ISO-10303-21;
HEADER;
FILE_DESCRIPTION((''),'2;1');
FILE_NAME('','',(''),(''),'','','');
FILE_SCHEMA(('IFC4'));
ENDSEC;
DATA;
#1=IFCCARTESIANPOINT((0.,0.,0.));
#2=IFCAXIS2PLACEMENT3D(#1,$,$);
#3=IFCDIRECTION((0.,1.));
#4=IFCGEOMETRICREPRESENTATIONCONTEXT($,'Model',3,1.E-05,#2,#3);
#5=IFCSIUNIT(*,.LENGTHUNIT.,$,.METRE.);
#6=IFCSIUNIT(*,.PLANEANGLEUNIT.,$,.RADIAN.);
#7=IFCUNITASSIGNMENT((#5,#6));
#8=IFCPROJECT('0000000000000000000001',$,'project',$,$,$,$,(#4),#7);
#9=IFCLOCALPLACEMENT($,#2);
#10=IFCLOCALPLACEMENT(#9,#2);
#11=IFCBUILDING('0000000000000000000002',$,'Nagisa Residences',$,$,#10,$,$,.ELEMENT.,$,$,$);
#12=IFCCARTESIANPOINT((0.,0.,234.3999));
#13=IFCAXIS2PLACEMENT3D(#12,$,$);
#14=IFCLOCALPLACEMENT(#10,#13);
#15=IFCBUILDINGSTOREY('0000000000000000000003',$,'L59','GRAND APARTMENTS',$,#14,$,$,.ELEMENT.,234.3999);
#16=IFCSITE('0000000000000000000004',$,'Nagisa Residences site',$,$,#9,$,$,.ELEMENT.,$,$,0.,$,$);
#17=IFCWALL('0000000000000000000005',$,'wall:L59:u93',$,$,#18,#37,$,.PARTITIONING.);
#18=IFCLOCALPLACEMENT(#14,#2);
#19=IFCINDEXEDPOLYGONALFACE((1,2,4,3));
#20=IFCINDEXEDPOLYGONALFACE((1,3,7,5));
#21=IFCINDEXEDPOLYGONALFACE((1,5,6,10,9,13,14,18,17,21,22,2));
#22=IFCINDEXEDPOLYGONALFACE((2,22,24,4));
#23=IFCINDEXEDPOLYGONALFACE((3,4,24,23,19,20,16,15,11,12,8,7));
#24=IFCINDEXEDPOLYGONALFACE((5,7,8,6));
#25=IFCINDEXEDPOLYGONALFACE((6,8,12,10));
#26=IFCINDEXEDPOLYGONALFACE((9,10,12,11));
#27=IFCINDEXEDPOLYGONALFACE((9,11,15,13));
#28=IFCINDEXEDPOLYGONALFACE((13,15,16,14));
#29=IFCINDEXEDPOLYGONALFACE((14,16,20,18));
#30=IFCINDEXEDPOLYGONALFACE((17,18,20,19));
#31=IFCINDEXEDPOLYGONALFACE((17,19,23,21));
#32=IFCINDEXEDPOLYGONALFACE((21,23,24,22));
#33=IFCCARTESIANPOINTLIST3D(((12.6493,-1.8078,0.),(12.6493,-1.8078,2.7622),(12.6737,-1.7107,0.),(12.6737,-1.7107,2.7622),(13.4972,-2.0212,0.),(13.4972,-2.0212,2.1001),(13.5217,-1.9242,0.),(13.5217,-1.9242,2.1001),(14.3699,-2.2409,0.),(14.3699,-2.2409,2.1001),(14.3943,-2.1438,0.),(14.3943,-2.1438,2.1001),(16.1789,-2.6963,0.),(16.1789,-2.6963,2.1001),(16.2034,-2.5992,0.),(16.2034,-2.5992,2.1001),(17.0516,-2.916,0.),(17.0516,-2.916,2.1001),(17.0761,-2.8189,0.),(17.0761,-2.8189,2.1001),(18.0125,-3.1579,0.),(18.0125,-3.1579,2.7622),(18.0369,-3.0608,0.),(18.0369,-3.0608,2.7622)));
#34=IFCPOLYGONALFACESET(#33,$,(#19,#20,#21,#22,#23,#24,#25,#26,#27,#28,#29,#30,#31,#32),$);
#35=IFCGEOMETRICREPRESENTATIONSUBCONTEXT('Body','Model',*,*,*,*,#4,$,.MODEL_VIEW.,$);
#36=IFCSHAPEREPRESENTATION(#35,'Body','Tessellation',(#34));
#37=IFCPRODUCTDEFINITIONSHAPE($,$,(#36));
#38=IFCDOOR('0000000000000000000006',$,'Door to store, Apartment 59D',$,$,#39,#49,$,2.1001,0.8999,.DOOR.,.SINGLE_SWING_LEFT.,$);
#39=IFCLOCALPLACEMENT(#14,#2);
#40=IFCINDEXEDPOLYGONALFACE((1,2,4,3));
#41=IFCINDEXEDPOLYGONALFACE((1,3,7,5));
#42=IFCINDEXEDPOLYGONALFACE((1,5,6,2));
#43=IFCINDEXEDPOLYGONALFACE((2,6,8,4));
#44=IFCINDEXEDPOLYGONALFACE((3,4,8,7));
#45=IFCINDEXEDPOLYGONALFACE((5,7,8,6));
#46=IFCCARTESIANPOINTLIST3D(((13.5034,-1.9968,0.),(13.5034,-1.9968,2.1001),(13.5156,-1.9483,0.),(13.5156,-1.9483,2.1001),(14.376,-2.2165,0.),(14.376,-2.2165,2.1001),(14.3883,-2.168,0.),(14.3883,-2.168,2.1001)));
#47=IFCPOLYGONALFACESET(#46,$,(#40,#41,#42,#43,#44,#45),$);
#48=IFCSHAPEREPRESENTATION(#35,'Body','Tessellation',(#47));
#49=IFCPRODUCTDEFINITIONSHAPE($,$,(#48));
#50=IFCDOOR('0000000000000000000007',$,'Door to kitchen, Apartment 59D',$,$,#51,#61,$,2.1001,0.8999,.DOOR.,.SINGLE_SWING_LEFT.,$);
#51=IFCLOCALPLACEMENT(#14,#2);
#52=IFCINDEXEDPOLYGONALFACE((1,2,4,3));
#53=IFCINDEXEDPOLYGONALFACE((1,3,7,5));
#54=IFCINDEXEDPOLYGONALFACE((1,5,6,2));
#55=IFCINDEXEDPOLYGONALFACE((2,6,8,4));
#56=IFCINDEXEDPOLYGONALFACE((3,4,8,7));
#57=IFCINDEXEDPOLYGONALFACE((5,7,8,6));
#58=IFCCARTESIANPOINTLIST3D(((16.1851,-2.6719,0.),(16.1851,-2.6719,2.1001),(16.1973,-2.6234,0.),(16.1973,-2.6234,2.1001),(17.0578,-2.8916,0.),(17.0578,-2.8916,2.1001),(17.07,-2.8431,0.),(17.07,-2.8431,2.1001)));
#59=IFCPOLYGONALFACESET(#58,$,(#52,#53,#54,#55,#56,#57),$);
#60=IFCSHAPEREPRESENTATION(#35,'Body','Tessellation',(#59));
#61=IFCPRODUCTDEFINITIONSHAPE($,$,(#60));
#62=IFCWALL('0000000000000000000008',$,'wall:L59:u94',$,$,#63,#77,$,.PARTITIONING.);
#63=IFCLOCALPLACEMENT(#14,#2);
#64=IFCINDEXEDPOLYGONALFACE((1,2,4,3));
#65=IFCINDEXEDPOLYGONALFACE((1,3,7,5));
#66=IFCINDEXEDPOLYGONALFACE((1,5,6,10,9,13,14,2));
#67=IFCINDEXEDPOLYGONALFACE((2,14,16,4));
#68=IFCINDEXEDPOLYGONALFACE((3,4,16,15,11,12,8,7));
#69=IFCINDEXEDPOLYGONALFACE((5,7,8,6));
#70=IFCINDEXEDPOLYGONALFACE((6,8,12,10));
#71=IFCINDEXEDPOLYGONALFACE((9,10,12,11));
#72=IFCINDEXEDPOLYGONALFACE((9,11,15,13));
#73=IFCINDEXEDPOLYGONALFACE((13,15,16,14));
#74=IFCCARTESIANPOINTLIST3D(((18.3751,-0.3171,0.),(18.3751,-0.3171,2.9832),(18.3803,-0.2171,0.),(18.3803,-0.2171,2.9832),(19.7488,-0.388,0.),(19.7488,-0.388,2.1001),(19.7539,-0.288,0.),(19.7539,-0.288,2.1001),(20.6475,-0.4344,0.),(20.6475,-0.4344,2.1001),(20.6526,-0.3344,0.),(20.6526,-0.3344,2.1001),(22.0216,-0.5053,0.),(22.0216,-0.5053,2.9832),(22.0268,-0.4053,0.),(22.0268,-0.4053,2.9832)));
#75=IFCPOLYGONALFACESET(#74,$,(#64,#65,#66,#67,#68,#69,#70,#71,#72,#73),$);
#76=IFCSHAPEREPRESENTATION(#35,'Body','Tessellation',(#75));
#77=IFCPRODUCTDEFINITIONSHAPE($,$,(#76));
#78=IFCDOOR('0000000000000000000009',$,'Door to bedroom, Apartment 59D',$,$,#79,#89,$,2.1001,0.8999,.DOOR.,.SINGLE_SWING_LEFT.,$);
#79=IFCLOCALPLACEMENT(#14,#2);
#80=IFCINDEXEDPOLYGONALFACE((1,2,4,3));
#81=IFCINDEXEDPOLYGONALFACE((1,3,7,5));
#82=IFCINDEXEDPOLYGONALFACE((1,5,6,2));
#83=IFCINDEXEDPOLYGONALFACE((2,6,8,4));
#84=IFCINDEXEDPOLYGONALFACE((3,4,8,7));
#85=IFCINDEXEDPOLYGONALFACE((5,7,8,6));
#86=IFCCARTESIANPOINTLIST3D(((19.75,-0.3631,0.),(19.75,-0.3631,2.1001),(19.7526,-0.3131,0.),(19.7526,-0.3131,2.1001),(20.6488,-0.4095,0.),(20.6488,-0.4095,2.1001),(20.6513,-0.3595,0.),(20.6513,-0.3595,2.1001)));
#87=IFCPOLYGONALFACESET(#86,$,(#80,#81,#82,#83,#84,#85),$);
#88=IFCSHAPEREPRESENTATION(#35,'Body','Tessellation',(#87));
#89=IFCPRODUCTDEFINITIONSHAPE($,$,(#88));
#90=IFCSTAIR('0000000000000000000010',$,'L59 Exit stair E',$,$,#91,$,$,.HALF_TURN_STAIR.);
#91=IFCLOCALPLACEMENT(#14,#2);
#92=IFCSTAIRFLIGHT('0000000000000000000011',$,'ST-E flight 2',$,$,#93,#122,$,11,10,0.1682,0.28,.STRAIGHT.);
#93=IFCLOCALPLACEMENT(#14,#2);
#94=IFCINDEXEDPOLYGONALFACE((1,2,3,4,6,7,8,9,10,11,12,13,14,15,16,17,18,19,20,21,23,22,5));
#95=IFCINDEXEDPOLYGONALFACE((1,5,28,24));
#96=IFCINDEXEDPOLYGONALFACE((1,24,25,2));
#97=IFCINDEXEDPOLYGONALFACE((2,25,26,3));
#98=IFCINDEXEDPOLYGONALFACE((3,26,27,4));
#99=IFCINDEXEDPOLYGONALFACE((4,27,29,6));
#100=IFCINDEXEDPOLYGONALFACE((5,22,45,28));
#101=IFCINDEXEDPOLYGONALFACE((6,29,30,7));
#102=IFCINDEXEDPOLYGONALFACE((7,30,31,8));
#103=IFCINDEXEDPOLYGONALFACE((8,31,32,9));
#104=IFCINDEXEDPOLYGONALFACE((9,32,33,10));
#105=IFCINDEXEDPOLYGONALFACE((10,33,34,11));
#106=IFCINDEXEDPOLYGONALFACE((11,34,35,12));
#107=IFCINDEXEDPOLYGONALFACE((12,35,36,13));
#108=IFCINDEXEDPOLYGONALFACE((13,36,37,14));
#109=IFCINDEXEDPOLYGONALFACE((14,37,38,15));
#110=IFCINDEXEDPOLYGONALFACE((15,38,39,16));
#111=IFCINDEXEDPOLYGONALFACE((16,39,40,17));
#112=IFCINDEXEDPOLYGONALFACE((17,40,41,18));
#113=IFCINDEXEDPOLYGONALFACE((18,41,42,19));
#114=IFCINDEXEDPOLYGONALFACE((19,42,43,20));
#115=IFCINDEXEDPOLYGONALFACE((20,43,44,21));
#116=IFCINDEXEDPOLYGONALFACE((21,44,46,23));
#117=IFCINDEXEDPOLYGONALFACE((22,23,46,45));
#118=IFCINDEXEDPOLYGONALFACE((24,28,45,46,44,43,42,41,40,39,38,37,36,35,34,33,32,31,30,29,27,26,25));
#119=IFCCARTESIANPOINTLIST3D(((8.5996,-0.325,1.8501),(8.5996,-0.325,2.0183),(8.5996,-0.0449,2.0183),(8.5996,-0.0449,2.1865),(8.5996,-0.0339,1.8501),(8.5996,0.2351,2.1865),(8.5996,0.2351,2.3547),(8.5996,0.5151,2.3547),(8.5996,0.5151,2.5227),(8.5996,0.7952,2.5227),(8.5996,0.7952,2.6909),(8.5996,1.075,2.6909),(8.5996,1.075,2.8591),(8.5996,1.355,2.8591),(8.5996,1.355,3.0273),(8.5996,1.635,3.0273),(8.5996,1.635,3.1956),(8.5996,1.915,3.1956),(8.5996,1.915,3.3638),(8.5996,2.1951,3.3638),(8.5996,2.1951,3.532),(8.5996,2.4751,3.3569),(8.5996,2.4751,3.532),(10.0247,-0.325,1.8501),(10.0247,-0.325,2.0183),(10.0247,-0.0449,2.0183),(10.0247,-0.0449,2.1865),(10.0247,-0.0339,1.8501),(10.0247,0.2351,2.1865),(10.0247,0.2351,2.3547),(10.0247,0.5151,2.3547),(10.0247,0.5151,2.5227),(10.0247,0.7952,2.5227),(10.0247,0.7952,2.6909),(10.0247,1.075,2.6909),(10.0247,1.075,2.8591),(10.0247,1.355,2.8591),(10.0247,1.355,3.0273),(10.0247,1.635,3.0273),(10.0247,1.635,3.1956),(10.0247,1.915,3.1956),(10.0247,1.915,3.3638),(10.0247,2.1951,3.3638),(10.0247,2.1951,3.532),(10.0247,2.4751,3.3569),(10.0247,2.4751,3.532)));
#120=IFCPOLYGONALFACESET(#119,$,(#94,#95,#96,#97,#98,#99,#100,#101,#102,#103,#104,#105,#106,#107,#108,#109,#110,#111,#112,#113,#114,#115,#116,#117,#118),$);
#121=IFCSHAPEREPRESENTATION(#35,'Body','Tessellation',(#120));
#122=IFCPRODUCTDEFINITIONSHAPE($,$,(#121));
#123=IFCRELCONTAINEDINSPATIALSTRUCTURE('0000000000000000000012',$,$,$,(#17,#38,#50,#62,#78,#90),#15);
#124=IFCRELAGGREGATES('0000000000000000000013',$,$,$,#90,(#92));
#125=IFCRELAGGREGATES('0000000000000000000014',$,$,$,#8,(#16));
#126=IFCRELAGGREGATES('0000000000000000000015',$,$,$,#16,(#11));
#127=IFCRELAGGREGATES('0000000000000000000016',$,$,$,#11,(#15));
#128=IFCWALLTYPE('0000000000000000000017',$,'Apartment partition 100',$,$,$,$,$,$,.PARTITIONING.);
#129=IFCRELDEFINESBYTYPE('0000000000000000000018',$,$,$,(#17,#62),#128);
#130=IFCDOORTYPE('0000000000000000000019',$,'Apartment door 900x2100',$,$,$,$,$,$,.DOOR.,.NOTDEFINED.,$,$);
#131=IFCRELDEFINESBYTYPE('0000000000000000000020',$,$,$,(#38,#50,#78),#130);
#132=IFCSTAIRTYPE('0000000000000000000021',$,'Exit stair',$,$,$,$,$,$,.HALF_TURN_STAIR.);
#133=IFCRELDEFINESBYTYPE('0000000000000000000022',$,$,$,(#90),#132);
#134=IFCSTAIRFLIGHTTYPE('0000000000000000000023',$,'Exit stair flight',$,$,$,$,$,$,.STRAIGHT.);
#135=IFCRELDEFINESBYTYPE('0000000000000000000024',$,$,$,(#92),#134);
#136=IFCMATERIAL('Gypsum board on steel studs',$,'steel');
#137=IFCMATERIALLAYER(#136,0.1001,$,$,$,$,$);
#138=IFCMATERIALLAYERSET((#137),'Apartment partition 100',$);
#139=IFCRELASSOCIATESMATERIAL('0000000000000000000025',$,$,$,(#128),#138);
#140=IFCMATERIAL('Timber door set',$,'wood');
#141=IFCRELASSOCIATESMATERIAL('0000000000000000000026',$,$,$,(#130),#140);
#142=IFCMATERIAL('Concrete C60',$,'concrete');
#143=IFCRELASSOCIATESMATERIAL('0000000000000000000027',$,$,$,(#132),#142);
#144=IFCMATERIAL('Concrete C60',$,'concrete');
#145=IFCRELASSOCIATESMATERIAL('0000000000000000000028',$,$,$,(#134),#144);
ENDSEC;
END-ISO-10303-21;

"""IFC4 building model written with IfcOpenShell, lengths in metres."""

from ifc_helpers import new_model, si_unit, direction, frame, frame_2d, origin, place, context, subcontext, project, spatial, polyline, rectangle, outline, extrude, material, layer, layer_set, type_object, element, fill, aggregate, save


model = new_model("IFC4")

# Units and contexts
model_context = context("Model", 3, precision=1e-05, world=origin(), true_north=direction((0.0, 1.0)))
body_context = subcontext(model_context, "Body", "Model", "MODEL_VIEW")
ifc_project = project(units=[si_unit("LENGTHUNIT", "METRE"), si_unit("PLANEANGLEUNIT", "RADIAN")], contexts=[model_context])

# Site, building, storey
site_placement = place(None, origin())
site = spatial("IfcSite", under=ifc_project, at=site_placement, Name="Nagisa Residences site", CompositionType="ELEMENT", RefElevation=0.0)
building_placement = place(site_placement, origin())
building = spatial("IfcBuilding", under=site, at=building_placement, Name="Nagisa Residences", CompositionType="ELEMENT")
storey_placement = place(building_placement, frame((0.0, 0.0, 234.3999)))
storey = spatial("IfcBuildingStorey", under=building, at=storey_placement, Name="L59", Description="GRAND APARTMENTS", CompositionType="ELEMENT", Elevation=234.3999)

# Shared definitions
ifc_material_1 = material(Name="Gypsum board on steel studs", Category="steel")
ifc_layer_1 = layer(ifc_material_1, 0.1001)
ifc_layer_set_1 = layer_set([ifc_layer_1], Name="Apartment partition 100")
wall_type_1 = type_object("IfcWallType", Name="Apartment partition 100", PredefinedType="PARTITIONING", material=ifc_layer_set_1)
ifc_material_2 = material(Name="Timber door set", Category="wood")
door_type_1 = type_object("IfcDoorType", Name="Apartment door 900x2100", OperationType="NOTDEFINED", PredefinedType="DOOR", material=ifc_material_2)

# Wall, openings, doors
wall_1_placement = place(storey_placement, frame((12.6616, -1.7593, 0.0), z_axis=(0.0, 0.0, 1.0), x_axis=(0.969747, -0.244114, 0.0)))
wall_1 = element("IfcWall", 1, at=wall_1_placement, inside=storey, type_object=wall_type_1, Name="wall:L59:u93", PredefinedType="PARTITIONING", context=body_context, shape_type="SweptSolid", body=[
    extrude(rectangle(XDim=5.5305, YDim=0.1001, at=frame_2d((2.7651, 0.0))), origin(), (0.0, 0.0, 1.0), 2.7622),
])
opening_1_placement = place(wall_1_placement, frame((0.8743, 0.0, 0.0)))
opening_1 = element("IfcOpeningElement", 2, at=opening_1_placement, cuts=wall_1, PredefinedType="OPENING", context=body_context, shape_type="SweptSolid", body=[
    extrude(rectangle(XDim=0.8999, YDim=2.1001, at=frame_2d((0.45, 1.05))), frame((0.0, 0.0601, 0.0), z_axis=(0.0, -1.0, 0.0), x_axis=(1.0, 0.0, 0.0)), (0.0, 0.0, 1.0), 0.1201),
])
opening_2_placement = place(wall_1_placement, frame((3.6396, 0.0, 0.0)))
opening_2 = element("IfcOpeningElement", 3, at=opening_2_placement, cuts=wall_1, PredefinedType="OPENING", context=body_context, shape_type="SweptSolid", body=[
    extrude(rectangle(XDim=0.8999, YDim=2.1001, at=frame_2d((0.45, 1.05))), frame((0.0, 0.0601, 0.0), z_axis=(0.0, -1.0, 0.0), x_axis=(1.0, 0.0, 0.0)), (0.0, 0.0, 1.0), 0.1201),
])
door_1_placement = place(opening_1_placement, frame((0.8999, 0.0, 0.0), x_axis=(-1.0, 0.0, 0.0)))
door_1 = element("IfcDoor", 4, at=door_1_placement, inside=storey, type_object=door_type_1, Name="Door to store, Apartment 59D", OperationType="SINGLE_SWING_LEFT", OverallHeight=2.1001, OverallWidth=0.8999, PredefinedType="DOOR", context=body_context, shape_type="SweptSolid", body=[
    extrude(rectangle(XDim=0.8999, YDim=2.1001, at=frame_2d((0.45, 1.05))), frame((0.0, 0.0249, 0.0), z_axis=(0.0, -1.0, 0.0), x_axis=(1.0, 0.0, 0.0)), (0.0, 0.0, 1.0), 0.05),
])
fill(opening_1, door_1)
door_2_placement = place(opening_2_placement, frame((0.8999, 0.0, 0.0), x_axis=(-1.0, 0.0, 0.0)))
door_2 = element("IfcDoor", 5, at=door_2_placement, inside=storey, type_object=door_type_1, Name="Door to kitchen, Apartment 59D", OperationType="SINGLE_SWING_LEFT", OverallHeight=2.1001, OverallWidth=0.8999, PredefinedType="DOOR", context=body_context, shape_type="SweptSolid", body=[
    extrude(rectangle(XDim=0.8999, YDim=2.1001, at=frame_2d((0.45, 1.05))), frame((0.0, 0.0249, 0.0), z_axis=(0.0, -1.0, 0.0), x_axis=(1.0, 0.0, 0.0)), (0.0, 0.0, 1.0), 0.05),
])
fill(opening_2, door_2)

# Wall, opening, door
wall_2_placement = place(storey_placement, frame((18.3777, -0.2671, 0.0), z_axis=(0.0, 0.0, 1.0), x_axis=(0.99867, -0.051552, 0.0)))
wall_2 = element("IfcWall", 6, at=wall_2_placement, inside=storey, type_object=wall_type_1, Name="wall:L59:u94", PredefinedType="PARTITIONING", context=body_context, shape_type="SweptSolid", body=[
    extrude(rectangle(XDim=3.6514, YDim=0.1001, at=frame_2d((1.8257, 0.0))), origin(), (0.0, 0.0, 1.0), 2.9832),
])
opening_3_placement = place(wall_2_placement, frame((1.3755, 0.0, 0.0)))
opening_3 = element("IfcOpeningElement", 7, at=opening_3_placement, cuts=wall_2, PredefinedType="OPENING", context=body_context, shape_type="SweptSolid", body=[
    extrude(rectangle(XDim=0.8999, YDim=2.1001, at=frame_2d((0.45, 1.05))), frame((0.0, 0.0601, 0.0), z_axis=(0.0, -1.0, 0.0), x_axis=(1.0, 0.0, 0.0)), (0.0, 0.0, 1.0), 0.1201),
])
door_3_placement = place(opening_3_placement, origin())
door_3 = element("IfcDoor", 8, at=door_3_placement, inside=storey, type_object=door_type_1, Name="Door to bedroom, Apartment 59D", OperationType="SINGLE_SWING_LEFT", OverallHeight=2.1001, OverallWidth=0.8999, PredefinedType="DOOR", context=body_context, shape_type="SweptSolid", body=[
    extrude(rectangle(XDim=0.8999, YDim=2.1001, at=frame_2d((0.45, 1.05))), frame((0.0, 0.0249, 0.0), z_axis=(0.0, -1.0, 0.0), x_axis=(1.0, 0.0, 0.0)), (0.0, 0.0, 1.0), 0.05),
])
fill(opening_3, door_3)

# Stair, stair flight
ifc_material_3 = material(Name="Concrete C60", Category="concrete")
stair_type = type_object("IfcStairType", Name="Exit stair", PredefinedType="HALF_TURN_STAIR", material=ifc_material_3)
stair_placement = place(storey_placement, origin())
stair = element("IfcStair", 9, at=stair_placement, inside=storey, type_object=stair_type, Name="L59 Exit stair E", PredefinedType="HALF_TURN_STAIR")
ifc_material_4 = material(Name="Concrete C60", Category="concrete")
stair_flight_type = type_object("IfcStairFlightType", Name="Exit stair flight", PredefinedType="STRAIGHT", material=ifc_material_4)
stair_flight_placement = place(storey_placement, frame((9.312, -0.325, 1.8501), z_axis=(0.0, 0.0, 1.0), x_axis=(0.0, 1.0, 0.0)))
stair_flight = element("IfcStairFlight", 10, at=stair_flight_placement, type_object=stair_flight_type, Name="ST-E flight 2", NumberOfRisers=11, NumberOfTreads=10, PredefinedType="STRAIGHT", RiserHeight=0.1682, TreadLength=0.28, context=body_context, shape_type="SweptSolid", body=[
    extrude(outline(polyline([(0.0, 0.0), (0.0, 0.1682), (0.28, 0.1682), (0.28, 0.3364), (0.5601, 0.3364), (0.5601, 0.5046), (0.8401, 0.5046), (0.8401, 0.6726), (1.1201, 0.6726), (1.1201, 0.8408), (1.3999, 0.8408), (1.3999, 1.009), (1.6799, 1.009), (1.6799, 1.1772), (1.96, 1.1772), (1.96, 1.3455), (2.24, 1.3455), (2.24, 1.5137), (2.52, 1.5137), (2.52, 1.6819), (2.8, 1.6819), (2.8, 1.8501), (2.8, 1.5068), (0.291, 0.0), (0.0, 0.0)])), frame((0.0, 0.7124, 0.0), z_axis=(0.0, -1.0, 0.0), x_axis=(1.0, 0.0, 0.0)), (0.0, 0.0, 1.0), 1.425),
])
aggregate(stair, [stair_flight])

save(model, "model.ifc")
